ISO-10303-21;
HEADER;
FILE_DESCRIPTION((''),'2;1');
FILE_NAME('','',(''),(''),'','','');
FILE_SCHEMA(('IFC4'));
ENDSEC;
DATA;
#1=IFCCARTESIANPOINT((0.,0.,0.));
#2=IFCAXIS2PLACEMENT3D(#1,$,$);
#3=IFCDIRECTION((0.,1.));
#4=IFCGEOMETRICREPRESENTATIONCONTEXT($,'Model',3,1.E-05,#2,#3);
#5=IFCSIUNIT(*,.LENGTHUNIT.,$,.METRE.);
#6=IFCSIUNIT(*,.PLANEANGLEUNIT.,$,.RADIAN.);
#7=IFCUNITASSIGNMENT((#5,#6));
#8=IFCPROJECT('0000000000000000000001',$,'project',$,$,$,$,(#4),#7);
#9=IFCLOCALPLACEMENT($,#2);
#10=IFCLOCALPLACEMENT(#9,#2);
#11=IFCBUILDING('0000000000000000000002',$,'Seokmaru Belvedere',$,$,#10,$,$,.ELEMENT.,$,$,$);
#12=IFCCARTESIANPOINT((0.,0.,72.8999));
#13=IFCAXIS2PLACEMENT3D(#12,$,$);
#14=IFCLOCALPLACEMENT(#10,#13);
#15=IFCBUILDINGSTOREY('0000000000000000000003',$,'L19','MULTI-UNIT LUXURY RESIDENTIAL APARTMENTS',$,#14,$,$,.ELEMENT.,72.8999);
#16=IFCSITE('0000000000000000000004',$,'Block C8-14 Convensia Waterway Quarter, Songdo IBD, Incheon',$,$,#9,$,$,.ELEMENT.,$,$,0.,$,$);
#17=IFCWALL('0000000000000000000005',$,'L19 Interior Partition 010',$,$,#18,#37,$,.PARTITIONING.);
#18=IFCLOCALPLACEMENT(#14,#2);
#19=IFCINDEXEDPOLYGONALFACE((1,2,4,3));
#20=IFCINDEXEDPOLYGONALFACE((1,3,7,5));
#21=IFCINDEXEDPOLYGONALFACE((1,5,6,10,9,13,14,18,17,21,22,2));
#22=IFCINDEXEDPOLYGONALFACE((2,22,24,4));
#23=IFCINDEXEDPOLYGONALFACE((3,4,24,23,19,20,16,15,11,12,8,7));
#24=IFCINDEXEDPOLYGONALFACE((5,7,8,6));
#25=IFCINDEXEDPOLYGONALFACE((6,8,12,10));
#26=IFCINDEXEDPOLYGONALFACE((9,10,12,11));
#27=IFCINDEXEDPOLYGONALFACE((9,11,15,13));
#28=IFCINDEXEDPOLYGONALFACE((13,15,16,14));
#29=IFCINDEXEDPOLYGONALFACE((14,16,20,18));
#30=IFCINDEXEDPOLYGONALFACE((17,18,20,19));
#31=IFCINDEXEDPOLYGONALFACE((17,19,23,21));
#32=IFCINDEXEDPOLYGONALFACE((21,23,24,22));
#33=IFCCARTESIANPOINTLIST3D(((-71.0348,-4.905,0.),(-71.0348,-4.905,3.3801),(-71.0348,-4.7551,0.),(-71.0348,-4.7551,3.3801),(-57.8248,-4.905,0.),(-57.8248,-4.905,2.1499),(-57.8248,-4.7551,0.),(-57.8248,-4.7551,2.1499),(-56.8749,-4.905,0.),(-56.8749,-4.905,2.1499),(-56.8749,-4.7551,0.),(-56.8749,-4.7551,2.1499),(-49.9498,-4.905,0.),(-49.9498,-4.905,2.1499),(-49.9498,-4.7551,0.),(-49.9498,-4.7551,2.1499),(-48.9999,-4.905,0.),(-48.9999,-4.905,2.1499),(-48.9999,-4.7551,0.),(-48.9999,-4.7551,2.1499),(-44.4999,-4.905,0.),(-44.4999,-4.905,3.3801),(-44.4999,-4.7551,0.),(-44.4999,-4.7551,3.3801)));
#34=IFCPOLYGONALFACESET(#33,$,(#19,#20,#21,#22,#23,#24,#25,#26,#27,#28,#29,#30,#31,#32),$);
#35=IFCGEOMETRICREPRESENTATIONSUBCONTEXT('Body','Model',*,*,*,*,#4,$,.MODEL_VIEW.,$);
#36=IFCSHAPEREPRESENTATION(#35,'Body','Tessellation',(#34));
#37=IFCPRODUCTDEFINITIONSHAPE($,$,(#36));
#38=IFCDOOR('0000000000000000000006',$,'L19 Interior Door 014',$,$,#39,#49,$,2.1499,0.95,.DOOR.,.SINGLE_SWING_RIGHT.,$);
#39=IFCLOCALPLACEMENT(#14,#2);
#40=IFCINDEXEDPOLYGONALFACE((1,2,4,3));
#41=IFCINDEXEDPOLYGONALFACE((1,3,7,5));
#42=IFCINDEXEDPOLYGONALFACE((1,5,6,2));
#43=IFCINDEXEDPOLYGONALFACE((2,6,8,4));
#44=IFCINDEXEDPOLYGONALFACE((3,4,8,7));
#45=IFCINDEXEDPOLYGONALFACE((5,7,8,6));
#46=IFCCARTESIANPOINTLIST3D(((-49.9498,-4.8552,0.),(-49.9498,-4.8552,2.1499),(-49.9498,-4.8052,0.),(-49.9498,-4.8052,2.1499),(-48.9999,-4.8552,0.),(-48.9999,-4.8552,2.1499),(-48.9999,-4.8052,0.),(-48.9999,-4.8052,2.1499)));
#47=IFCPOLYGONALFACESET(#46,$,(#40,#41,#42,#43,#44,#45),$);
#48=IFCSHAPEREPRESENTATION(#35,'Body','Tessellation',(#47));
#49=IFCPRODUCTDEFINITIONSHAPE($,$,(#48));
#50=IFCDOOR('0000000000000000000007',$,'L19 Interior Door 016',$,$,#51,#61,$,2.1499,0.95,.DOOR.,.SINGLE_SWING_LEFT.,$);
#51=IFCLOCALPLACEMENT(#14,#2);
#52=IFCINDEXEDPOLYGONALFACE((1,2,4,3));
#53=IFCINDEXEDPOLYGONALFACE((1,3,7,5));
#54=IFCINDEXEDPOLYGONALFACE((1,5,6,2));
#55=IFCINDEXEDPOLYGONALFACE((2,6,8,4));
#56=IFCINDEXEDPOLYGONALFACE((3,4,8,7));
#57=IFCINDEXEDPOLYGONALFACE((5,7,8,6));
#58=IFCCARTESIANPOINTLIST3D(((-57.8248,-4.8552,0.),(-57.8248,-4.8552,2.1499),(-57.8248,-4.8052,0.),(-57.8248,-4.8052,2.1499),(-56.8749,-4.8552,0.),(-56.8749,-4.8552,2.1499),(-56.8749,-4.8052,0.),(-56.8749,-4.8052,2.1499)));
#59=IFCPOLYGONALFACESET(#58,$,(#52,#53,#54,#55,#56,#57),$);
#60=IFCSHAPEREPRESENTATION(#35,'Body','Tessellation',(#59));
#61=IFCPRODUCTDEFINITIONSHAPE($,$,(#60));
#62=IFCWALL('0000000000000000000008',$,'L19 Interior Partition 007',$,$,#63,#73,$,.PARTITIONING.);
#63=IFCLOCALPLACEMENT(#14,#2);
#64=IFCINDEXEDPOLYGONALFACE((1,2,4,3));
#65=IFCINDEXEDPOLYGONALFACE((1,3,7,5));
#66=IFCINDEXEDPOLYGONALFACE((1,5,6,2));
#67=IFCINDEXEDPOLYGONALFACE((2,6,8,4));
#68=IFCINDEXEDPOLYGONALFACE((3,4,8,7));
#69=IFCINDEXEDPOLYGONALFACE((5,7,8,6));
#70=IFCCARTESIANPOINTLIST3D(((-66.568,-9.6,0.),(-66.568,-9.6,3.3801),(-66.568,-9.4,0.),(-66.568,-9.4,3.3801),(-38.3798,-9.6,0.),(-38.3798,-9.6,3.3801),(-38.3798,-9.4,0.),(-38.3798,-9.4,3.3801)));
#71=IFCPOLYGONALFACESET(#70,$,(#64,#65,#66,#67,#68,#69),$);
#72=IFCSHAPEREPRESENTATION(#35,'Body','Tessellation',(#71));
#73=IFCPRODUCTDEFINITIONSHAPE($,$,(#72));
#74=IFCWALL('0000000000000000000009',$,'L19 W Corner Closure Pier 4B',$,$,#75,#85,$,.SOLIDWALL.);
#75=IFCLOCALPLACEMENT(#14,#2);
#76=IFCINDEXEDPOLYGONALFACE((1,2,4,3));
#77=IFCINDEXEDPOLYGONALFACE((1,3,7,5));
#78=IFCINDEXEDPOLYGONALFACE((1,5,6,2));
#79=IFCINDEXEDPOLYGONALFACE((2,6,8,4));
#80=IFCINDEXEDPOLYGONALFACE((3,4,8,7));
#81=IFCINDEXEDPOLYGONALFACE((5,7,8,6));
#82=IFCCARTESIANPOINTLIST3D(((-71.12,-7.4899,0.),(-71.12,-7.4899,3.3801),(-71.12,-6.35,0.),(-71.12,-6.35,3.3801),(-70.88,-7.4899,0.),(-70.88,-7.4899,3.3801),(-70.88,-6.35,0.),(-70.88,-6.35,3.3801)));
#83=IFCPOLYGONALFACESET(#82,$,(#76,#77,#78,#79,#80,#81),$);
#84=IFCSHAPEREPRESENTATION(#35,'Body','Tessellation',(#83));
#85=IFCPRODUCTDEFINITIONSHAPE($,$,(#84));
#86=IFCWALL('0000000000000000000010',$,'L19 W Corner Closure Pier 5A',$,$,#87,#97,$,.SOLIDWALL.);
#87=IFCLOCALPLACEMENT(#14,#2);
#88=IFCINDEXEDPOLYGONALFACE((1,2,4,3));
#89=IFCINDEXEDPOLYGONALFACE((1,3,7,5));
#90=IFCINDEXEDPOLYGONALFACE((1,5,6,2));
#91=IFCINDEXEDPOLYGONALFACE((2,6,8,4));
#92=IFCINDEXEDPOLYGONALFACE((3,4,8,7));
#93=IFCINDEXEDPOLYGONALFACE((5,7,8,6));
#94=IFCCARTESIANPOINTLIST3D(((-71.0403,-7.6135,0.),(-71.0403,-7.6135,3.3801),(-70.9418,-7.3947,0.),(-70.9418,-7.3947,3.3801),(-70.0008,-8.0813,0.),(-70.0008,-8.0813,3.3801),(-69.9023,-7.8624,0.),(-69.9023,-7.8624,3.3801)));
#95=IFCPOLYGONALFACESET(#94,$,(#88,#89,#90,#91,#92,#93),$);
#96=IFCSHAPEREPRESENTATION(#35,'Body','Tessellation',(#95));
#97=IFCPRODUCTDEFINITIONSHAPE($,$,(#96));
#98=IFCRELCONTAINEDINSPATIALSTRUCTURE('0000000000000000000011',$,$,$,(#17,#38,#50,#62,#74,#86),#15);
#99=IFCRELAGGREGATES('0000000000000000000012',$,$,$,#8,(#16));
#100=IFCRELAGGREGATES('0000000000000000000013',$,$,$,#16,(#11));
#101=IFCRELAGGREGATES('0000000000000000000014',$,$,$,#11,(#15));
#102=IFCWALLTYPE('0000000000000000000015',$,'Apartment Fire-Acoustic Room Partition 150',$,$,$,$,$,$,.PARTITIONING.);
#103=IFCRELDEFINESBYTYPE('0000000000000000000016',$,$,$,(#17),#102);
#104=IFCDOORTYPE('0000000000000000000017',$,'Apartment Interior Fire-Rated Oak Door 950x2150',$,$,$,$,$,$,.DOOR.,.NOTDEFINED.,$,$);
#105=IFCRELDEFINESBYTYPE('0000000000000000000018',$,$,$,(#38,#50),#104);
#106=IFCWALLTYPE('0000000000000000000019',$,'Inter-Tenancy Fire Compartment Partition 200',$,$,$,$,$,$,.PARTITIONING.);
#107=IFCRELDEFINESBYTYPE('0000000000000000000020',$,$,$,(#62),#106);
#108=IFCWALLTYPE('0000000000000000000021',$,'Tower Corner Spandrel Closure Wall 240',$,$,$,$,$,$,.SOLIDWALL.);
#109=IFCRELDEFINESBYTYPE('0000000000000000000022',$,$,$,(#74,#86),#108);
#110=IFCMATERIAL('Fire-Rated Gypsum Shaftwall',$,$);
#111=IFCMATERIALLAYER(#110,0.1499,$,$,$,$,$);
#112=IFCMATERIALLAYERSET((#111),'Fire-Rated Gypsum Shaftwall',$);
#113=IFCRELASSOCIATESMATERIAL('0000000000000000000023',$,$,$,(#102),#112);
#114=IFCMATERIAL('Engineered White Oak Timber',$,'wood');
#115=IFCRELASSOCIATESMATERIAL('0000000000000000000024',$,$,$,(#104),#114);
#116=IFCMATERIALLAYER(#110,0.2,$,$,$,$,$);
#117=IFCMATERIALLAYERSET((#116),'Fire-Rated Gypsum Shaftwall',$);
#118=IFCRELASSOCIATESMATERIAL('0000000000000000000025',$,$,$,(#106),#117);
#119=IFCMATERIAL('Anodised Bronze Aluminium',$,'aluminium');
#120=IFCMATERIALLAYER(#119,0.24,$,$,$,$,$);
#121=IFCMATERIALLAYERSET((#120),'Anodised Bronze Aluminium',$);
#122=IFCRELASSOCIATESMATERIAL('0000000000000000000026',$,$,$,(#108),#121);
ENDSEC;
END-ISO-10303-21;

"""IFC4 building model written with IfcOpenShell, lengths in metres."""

from ifc_helpers import new_model, si_unit, direction, frame, frame_2d, origin, place, context, subcontext, project, spatial, rectangle, extrude, source, transform, mapped, material, layer, layer_set, type_object, type_shapes, element, fill, save


model = new_model("IFC4")

# Units and contexts
model_context = context("Model", 3, precision=1e-05, world=origin(), true_north=direction((0.0, 1.0)))
body_context = subcontext(model_context, "Body", "Model", "MODEL_VIEW")
ifc_project = project(units=[si_unit("LENGTHUNIT", "METRE"), si_unit("PLANEANGLEUNIT", "RADIAN")], contexts=[model_context])

# Site, building, storey
site_placement = place(None, origin())
site = spatial("IfcSite", under=ifc_project, at=site_placement, Name="Block C8-14 Convensia Waterway Quarter, Songdo IBD, Incheon", CompositionType="ELEMENT", RefElevation=0.0)
building_placement = place(site_placement, origin())
building = spatial("IfcBuilding", under=site, at=building_placement, Name="Seokmaru Belvedere", CompositionType="ELEMENT")
storey_placement = place(building_placement, frame((0.0, 0.0, 72.8999)))
storey = spatial("IfcBuildingStorey", under=building, at=storey_placement, Name="L19", Description="MULTI-UNIT LUXURY RESIDENTIAL APARTMENTS", CompositionType="ELEMENT", Elevation=72.8999)

# Shared definitions
ifc_material_1 = material(Name="Anodised Bronze Aluminium", Category="aluminium")

# Wall, openings, doors
ifc_material_2 = material(Name="Fire-Rated Gypsum Shaftwall")
ifc_layer_1 = layer(ifc_material_2, 0.1499)
ifc_layer_set_1 = layer_set([ifc_layer_1], Name="Fire-Rated Gypsum Shaftwall")
wall_type_1 = type_object("IfcWallType", Name="Apartment Fire-Acoustic Room Partition 150", PredefinedType="PARTITIONING", material=ifc_layer_set_1)
wall_1_placement = place(storey_placement, frame((-71.0349, -4.8301, 0.0), z_axis=(0.0, 0.0, 1.0), x_axis=(1.0, 0.0, 0.0)))
wall_1 = element("IfcWall", 1, at=wall_1_placement, inside=storey, type_object=wall_type_1, Name="L19 Interior Partition 010", PredefinedType="PARTITIONING", context=body_context, shape_type="SweptSolid", body=[
    extrude(rectangle(XDim=26.5349, YDim=0.1499, at=frame_2d((13.2676, 0.0))), origin(), (0.0, 0.0, 1.0), 3.3801),
])
opening_1_placement = place(wall_1_placement, frame((21.085, 0.0, 0.0)))
opening_1 = element("IfcOpeningElement", 2, at=opening_1_placement, cuts=wall_1, PredefinedType="OPENING", context=body_context, shape_type="SweptSolid", body=[
    extrude(rectangle(XDim=0.95, YDim=2.1499, at=frame_2d((0.4751, 1.075))), frame((0.0, 0.085, 0.0), z_axis=(0.0, -1.0, 0.0), x_axis=(1.0, 0.0, 0.0)), (0.0, 0.0, 1.0), 0.1699),
])
opening_2_placement = place(wall_1_placement, frame((13.21, 0.0, 0.0)))
opening_2 = element("IfcOpeningElement", 3, at=opening_2_placement, cuts=wall_1, PredefinedType="OPENING", context=body_context, shape_type="SweptSolid", body=[
    extrude(rectangle(XDim=0.95, YDim=2.1499, at=frame_2d((0.4751, 1.075))), frame((0.0, 0.085, 0.0), z_axis=(0.0, -1.0, 0.0), x_axis=(1.0, 0.0, 0.0)), (0.0, 0.0, 1.0), 0.1699),
])
ifc_material_3 = material(Name="Engineered White Oak Timber", Category="wood")
door_type = type_object("IfcDoorType", Name="Apartment Interior Fire-Rated Oak Door 950x2150", OperationType="NOTDEFINED", PredefinedType="DOOR", material=ifc_material_3)
shared_shape_1 = source(origin(), body_context, "Body", "SweptSolid", [
    extrude(rectangle(XDim=0.95, YDim=2.1499, at=frame_2d((0.4751, 1.075))), frame((0.0, 0.0249, 0.0), z_axis=(0.0, -1.0, 0.0), x_axis=(1.0, 0.0, 0.0)), (0.0, 0.0, 1.0), 0.05),
])
type_shapes(door_type, [shared_shape_1])
door_1_placement = place(opening_1_placement, origin())
door_1 = element("IfcDoor", 4, at=door_1_placement, inside=storey, type_object=door_type, Name="L19 Interior Door 014", OperationType="SINGLE_SWING_RIGHT", OverallHeight=2.1499, OverallWidth=0.95, PredefinedType="DOOR", context=body_context, shape_type="MappedRepresentation", body=[
    mapped(shared_shape_1, transform((0.0, 0.0, 0.0), scale=1.0)),
])
fill(opening_1, door_1)
door_2_placement = place(opening_2_placement, origin())
door_2 = element("IfcDoor", 5, at=door_2_placement, inside=storey, type_object=door_type, Name="L19 Interior Door 016", OperationType="SINGLE_SWING_LEFT", OverallHeight=2.1499, OverallWidth=0.95, PredefinedType="DOOR", context=body_context, shape_type="MappedRepresentation", body=[
    mapped(shared_shape_1, transform((0.0, 0.0, 0.0), scale=1.0)),
])
fill(opening_2, door_2)

# Walls
ifc_layer_2 = layer(ifc_material_2, 0.2)
ifc_layer_set_2 = layer_set([ifc_layer_2], Name="Fire-Rated Gypsum Shaftwall")
wall_type_2 = type_object("IfcWallType", Name="Inter-Tenancy Fire Compartment Partition 200", PredefinedType="PARTITIONING", material=ifc_layer_set_2)
wall_2_placement = place(storey_placement, frame((-66.5681, -9.5, 0.0), z_axis=(0.0, 0.0, 1.0), x_axis=(1.0, 0.0, 0.0)))
element("IfcWall", 6, at=wall_2_placement, inside=storey, type_object=wall_type_2, Name="L19 Interior Partition 007", PredefinedType="PARTITIONING", context=body_context, shape_type="SweptSolid", body=[
    extrude(rectangle(XDim=28.1882, YDim=0.2, at=frame_2d((14.0942, 0.0))), origin(), (0.0, 0.0, 1.0), 3.3801),
])
ifc_layer_3 = layer(ifc_material_1, 0.24)
ifc_layer_set_3 = layer_set([ifc_layer_3], Name="Anodised Bronze Aluminium")
wall_type_3 = type_object("IfcWallType", Name="Tower Corner Spandrel Closure Wall 240", PredefinedType="SOLIDWALL", material=ifc_layer_set_3)
for number, where, z_axis, x_axis, name in (
    (7, (-71.0, -6.3501, 0.0), (0.0, 0.0, 1.0), (0.0, -1.0, 0.0), "L19 W Corner Closure Pier 4B"),
    (8, (-70.991, -7.5042, 0.0), (0.0, 0.0, 1.0), (0.91193, -0.410347, 0.0), "L19 W Corner Closure Pier 5A"),
):
    element("IfcWall", number, at=place(storey_placement, frame(where, z_axis=z_axis, x_axis=x_axis)), inside=storey, type_object=wall_type_3, Name=name, PredefinedType="SOLIDWALL", context=body_context, shape_type="SweptSolid", body=[
        extrude(rectangle(XDim=1.1399, YDim=0.24, at=frame_2d((0.5698, 0.0))), origin(), (0.0, 0.0, 1.0), 3.3801),
    ])

save(model, "model.ifc")
